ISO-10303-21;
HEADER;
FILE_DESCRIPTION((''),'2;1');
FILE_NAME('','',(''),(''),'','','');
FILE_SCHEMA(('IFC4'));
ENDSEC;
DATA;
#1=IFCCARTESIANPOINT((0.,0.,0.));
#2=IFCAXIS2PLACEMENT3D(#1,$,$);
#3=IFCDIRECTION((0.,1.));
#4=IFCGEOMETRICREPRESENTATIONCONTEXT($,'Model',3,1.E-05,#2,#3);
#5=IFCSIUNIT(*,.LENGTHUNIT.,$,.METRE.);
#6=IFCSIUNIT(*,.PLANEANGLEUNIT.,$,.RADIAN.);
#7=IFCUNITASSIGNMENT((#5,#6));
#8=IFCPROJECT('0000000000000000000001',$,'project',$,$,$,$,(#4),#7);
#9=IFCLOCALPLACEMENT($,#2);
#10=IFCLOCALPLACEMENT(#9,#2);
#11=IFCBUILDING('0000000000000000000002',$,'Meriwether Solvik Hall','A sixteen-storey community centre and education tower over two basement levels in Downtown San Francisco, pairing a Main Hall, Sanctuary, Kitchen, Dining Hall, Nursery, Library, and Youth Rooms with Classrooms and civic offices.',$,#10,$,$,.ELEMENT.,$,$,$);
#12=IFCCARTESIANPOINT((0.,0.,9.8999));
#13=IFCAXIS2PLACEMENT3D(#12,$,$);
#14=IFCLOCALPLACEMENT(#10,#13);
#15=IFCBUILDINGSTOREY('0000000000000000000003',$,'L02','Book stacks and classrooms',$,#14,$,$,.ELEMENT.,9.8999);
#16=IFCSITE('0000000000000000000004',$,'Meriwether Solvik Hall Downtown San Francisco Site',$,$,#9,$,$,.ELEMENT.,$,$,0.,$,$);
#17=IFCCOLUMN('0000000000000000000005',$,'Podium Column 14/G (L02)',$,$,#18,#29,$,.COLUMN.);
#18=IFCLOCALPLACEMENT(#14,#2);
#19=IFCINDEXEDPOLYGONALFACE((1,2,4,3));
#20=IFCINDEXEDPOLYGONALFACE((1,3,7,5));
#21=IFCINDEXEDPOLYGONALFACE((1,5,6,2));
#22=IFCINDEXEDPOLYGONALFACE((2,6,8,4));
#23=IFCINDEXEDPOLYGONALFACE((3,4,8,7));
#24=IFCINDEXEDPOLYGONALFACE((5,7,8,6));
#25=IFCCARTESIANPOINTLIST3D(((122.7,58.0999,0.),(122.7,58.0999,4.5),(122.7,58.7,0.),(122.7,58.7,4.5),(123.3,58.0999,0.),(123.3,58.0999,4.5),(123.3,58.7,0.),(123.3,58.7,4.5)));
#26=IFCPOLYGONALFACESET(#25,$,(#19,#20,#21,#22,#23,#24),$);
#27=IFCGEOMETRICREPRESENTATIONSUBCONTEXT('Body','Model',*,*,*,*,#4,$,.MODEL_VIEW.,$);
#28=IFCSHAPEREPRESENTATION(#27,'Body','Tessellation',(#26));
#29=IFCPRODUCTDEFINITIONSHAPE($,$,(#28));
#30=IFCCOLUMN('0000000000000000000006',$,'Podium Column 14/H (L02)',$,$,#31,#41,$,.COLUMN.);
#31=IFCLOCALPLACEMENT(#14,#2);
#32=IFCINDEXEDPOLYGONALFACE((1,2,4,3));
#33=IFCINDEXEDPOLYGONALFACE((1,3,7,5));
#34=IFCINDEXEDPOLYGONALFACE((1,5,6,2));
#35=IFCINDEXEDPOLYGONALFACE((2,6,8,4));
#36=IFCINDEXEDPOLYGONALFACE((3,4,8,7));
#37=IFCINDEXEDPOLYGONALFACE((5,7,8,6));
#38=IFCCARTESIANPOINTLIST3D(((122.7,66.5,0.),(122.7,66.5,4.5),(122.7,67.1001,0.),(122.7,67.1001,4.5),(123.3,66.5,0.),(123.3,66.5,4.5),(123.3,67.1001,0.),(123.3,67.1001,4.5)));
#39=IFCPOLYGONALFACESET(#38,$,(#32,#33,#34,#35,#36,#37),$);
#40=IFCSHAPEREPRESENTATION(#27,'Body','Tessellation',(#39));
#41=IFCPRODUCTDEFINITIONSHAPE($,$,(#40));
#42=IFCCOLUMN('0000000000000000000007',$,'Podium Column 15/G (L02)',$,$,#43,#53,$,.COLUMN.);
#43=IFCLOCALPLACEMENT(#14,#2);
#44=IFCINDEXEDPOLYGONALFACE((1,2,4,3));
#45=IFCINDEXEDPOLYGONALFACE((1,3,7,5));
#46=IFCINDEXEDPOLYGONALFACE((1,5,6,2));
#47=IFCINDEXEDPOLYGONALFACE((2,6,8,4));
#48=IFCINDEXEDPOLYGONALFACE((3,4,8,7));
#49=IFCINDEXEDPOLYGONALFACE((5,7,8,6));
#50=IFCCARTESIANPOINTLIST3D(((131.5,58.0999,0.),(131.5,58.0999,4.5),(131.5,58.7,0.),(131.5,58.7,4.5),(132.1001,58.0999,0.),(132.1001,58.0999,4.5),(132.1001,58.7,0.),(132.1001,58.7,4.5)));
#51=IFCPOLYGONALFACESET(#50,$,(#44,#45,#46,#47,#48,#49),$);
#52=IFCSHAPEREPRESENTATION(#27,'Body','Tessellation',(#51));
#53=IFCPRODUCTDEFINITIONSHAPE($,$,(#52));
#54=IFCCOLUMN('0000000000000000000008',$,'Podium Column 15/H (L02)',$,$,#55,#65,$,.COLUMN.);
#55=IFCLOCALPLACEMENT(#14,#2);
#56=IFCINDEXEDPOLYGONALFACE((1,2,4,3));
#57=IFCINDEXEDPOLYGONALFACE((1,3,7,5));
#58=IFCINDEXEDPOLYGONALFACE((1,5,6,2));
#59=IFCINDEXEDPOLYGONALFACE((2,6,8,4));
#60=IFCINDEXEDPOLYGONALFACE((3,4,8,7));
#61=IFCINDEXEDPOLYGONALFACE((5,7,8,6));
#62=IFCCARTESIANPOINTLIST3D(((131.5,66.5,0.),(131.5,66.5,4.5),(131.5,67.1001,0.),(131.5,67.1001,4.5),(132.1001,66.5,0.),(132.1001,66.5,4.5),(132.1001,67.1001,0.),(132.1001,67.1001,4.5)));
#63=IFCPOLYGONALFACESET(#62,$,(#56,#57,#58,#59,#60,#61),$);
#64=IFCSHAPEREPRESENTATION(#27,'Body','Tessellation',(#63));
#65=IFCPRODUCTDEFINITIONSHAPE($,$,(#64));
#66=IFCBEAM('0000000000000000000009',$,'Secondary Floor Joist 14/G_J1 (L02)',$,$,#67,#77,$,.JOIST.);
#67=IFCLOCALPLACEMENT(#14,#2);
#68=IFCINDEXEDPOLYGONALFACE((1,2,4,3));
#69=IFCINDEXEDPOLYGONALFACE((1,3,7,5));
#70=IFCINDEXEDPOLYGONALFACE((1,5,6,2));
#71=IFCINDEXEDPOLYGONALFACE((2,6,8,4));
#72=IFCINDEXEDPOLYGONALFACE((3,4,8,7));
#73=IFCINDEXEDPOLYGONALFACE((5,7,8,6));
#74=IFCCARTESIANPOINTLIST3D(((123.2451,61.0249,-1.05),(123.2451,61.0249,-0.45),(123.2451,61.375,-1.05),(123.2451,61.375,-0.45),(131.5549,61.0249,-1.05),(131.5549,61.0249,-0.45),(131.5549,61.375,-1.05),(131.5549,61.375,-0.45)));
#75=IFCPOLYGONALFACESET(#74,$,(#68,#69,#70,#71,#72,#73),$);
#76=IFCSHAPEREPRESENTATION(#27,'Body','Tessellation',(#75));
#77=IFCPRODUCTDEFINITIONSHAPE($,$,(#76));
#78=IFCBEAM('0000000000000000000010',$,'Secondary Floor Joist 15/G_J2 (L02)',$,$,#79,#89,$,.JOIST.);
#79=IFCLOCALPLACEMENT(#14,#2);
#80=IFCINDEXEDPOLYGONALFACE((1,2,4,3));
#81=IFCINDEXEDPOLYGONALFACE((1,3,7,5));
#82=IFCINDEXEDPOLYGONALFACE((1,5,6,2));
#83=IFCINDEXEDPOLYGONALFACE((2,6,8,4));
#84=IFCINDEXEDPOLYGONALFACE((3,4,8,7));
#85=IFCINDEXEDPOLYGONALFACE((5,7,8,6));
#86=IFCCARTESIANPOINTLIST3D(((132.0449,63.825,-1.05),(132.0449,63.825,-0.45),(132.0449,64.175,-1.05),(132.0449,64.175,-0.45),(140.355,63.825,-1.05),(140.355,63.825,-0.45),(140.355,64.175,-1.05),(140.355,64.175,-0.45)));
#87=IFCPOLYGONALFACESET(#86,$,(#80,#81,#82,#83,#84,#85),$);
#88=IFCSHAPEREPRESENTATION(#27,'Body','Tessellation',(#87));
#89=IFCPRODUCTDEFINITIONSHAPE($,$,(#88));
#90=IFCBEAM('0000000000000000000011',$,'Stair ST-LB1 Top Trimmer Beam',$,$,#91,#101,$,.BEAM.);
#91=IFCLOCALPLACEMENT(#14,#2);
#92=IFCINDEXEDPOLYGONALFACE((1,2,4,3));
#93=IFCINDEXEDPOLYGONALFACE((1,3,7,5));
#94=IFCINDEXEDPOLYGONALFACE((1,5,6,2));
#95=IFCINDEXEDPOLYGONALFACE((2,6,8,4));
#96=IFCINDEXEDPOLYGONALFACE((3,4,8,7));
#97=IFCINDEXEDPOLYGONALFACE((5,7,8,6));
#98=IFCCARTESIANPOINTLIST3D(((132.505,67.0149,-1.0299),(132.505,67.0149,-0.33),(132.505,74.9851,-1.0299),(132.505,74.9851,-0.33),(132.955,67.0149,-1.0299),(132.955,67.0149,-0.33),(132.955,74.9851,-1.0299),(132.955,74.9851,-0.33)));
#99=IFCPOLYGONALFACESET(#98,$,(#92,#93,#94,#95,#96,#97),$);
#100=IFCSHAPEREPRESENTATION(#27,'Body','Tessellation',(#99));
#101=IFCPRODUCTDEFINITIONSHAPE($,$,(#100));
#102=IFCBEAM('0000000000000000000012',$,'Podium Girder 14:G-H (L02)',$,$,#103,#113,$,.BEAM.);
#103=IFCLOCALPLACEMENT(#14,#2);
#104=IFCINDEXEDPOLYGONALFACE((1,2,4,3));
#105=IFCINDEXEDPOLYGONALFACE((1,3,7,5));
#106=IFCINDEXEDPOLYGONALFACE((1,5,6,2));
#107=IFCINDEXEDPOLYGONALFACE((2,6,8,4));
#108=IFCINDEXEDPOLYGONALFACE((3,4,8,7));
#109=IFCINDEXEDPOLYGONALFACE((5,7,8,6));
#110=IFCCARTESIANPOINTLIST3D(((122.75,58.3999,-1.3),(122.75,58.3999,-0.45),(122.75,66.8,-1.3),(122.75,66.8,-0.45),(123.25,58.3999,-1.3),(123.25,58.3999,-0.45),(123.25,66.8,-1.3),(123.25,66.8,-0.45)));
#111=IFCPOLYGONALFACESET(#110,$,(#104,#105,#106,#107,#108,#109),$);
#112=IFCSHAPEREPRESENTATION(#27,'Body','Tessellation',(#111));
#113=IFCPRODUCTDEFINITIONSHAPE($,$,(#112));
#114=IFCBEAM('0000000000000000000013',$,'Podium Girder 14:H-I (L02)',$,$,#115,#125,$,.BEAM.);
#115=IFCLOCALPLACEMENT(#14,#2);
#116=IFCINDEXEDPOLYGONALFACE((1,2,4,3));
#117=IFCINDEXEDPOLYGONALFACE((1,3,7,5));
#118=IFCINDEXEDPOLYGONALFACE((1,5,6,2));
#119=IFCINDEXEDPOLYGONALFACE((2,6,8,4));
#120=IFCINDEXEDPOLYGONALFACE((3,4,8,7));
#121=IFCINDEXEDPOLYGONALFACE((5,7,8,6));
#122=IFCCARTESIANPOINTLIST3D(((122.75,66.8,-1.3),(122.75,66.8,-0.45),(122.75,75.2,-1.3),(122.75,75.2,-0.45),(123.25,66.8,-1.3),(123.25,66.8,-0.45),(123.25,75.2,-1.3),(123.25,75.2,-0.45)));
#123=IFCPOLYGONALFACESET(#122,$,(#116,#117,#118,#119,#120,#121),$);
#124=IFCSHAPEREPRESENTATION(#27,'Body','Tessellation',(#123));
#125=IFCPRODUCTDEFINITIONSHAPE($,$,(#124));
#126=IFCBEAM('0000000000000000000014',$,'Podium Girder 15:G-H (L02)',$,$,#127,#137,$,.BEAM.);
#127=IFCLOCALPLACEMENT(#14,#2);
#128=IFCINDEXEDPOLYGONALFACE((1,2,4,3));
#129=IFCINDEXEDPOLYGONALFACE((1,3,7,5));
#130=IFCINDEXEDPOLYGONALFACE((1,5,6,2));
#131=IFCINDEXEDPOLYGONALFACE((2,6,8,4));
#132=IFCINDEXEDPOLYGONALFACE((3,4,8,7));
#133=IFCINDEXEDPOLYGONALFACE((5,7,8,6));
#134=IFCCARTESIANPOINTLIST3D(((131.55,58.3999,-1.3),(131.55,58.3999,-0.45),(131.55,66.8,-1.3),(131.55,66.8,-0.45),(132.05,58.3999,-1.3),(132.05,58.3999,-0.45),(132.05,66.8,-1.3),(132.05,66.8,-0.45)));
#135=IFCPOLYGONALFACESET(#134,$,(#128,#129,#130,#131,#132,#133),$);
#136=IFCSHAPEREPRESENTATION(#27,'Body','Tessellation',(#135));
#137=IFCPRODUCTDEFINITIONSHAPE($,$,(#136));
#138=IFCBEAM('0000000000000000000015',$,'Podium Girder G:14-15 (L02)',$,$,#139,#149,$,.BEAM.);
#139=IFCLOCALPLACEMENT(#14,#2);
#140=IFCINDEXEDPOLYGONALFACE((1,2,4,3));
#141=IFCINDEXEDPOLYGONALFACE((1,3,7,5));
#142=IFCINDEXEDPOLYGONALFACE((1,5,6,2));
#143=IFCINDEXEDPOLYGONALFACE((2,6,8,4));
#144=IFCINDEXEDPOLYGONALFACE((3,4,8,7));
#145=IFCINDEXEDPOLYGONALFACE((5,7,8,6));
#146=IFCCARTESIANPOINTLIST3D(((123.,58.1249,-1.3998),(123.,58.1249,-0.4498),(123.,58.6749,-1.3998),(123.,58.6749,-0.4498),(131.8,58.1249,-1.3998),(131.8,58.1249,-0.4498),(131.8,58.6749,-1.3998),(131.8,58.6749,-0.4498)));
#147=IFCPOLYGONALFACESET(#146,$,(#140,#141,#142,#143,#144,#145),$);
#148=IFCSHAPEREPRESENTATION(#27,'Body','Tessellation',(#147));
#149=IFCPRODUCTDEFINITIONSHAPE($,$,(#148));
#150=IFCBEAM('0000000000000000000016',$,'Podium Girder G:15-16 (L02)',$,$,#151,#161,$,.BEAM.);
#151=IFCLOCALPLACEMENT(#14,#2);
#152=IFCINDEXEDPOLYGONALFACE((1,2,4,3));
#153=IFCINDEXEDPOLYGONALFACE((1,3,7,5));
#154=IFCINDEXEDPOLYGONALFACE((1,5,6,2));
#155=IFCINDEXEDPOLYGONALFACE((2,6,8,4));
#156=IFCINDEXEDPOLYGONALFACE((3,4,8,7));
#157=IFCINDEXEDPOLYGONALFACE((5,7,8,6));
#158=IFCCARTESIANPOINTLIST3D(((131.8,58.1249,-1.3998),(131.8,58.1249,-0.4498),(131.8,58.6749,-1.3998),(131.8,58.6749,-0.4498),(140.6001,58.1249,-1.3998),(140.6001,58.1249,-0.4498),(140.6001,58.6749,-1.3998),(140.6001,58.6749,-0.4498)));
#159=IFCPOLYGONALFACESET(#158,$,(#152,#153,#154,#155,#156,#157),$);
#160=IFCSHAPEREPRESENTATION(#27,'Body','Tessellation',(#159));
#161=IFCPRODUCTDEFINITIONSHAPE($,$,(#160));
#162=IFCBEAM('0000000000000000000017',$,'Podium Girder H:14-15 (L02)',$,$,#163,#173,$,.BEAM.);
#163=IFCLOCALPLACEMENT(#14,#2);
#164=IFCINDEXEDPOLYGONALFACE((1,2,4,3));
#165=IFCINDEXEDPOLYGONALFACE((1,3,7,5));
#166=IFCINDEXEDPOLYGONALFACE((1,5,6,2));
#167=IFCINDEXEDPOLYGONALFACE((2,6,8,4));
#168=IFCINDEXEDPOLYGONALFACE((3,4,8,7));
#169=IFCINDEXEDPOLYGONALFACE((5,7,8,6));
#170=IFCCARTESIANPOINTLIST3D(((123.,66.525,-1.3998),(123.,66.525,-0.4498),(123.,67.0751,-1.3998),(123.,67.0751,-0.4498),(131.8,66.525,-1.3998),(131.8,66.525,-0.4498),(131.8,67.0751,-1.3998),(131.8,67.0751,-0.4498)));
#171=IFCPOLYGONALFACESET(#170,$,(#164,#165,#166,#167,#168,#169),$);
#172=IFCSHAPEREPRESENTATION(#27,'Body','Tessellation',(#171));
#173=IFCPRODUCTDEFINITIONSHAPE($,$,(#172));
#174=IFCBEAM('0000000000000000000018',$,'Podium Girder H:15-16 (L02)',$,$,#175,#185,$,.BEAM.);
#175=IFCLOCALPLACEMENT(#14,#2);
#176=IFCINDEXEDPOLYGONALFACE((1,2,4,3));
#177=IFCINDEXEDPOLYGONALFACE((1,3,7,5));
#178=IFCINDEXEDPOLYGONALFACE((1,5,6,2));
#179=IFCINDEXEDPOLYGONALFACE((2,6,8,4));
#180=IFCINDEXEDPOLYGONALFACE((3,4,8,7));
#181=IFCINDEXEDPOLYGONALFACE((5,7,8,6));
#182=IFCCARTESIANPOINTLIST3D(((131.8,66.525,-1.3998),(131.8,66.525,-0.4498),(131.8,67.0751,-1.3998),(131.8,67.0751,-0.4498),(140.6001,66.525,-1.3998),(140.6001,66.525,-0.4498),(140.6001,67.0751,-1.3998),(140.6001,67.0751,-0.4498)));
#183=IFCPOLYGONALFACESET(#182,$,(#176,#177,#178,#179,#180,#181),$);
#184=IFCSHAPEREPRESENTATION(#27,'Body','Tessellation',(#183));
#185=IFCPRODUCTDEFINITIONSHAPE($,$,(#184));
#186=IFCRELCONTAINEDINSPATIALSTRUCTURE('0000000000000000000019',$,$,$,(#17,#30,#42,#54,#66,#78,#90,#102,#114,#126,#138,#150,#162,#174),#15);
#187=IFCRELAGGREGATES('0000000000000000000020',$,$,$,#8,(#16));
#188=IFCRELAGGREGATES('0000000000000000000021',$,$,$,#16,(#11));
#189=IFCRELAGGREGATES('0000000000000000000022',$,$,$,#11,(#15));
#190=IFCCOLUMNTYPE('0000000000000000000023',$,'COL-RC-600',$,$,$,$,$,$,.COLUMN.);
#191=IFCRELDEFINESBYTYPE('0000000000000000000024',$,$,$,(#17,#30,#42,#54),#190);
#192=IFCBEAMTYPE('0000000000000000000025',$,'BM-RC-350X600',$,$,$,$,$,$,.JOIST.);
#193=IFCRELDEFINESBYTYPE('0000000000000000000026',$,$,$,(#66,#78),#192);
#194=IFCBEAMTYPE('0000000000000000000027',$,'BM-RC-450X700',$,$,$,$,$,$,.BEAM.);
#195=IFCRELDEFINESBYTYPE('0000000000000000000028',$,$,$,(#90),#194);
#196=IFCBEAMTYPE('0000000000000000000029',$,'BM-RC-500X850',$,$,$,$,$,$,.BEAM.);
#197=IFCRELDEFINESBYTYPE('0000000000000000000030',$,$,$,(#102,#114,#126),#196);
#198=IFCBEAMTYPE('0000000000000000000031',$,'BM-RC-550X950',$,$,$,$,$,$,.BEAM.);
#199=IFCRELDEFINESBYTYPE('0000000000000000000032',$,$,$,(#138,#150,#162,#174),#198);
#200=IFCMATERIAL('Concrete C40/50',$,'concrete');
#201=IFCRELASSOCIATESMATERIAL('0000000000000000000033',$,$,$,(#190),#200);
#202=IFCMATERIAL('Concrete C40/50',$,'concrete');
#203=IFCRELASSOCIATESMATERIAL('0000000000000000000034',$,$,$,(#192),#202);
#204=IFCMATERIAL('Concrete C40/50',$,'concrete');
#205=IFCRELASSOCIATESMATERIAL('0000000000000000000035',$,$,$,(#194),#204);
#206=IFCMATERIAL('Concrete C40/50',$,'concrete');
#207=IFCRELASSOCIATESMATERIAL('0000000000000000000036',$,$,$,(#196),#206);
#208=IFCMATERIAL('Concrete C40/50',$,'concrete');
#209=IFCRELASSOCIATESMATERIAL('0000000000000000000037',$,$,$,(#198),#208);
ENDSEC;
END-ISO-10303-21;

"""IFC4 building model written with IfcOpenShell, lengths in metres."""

from ifc_helpers import new_model, si_unit, direction, frame, origin, origin_2d, place, context, subcontext, project, spatial, rectangle, extrude, material, material_profile, profile_set, type_object, element, save


model = new_model("IFC4")

# Units and contexts
model_context = context("Model", 3, precision=1e-05, world=origin(), true_north=direction((0.0, 1.0)))
body_context = subcontext(model_context, "Body", "Model", "MODEL_VIEW")
ifc_project = project(units=[si_unit("LENGTHUNIT", "METRE"), si_unit("PLANEANGLEUNIT", "RADIAN")], contexts=[model_context])

# Site, building, storey
site_placement = place(None, origin())
site = spatial("IfcSite", under=ifc_project, at=site_placement, Name="Meriwether Solvik Hall Downtown San Francisco Site", CompositionType="ELEMENT", RefElevation=0.0)
building_placement = place(site_placement, origin())
building = spatial("IfcBuilding", under=site, at=building_placement, Name="Meriwether Solvik Hall", Description="A sixteen-storey community centre and education tower over two basement levels in Downtown San Francisco, pairing a Main Hall, Sanctuary, Kitchen, Dining Hall, Nursery, Library, and Youth Rooms with Classrooms and civic offices.", CompositionType="ELEMENT")
storey_placement = place(building_placement, frame((0.0, 0.0, 9.8999)))
storey = spatial("IfcBuildingStorey", under=building, at=storey_placement, Name="L02", Description="Book stacks and classrooms", CompositionType="ELEMENT", Elevation=9.8999)

# Columns
ifc_material_1 = material(Name="Concrete C40/50", Category="concrete")
ifc_material_profile_1 = material_profile(ifc_material_1, rectangle(XDim=0.6001, YDim=0.6001, at=origin_2d()), Name="RCC-600X600")
ifc_profile_set_1 = profile_set([ifc_material_profile_1], Name="Concrete C40/50")
column_type = type_object("IfcColumnType", Name="COL-RC-600", PredefinedType="COLUMN", material=ifc_profile_set_1)
for number, where, z_axis, x_axis, name in (
    (1, (123.0, 58.3999, 0.0), (0.0, 0.0, 1.0), (1.0, 0.0, 0.0), "Podium Column 14/G (L02)"),
    (2, (123.0, 66.8, 0.0), (0.0, 0.0, 1.0), (1.0, 0.0, 0.0), "Podium Column 14/H (L02)"),
    (3, (131.8, 58.3999, 0.0), (0.0, 0.0, 1.0), (1.0, 0.0, 0.0), "Podium Column 15/G (L02)"),
    (4, (131.8, 66.8, 0.0), (0.0, 0.0, 1.0), (1.0, 0.0, 0.0), "Podium Column 15/H (L02)"),
):
    element("IfcColumn", number, at=place(storey_placement, frame(where, z_axis=z_axis, x_axis=x_axis)), inside=storey, type_object=column_type, Name=name, PredefinedType="COLUMN", context=body_context, shape_type="SweptSolid", body=[
        extrude(rectangle(XDim=0.6001, YDim=0.6001, at=origin_2d()), origin(), (0.0, 0.0, 1.0), 4.5),
    ])

# Beams
ifc_material_2 = material(Name="Concrete C40/50", Category="concrete")
ifc_material_profile_2 = material_profile(ifc_material_2, rectangle(XDim=0.3501, YDim=0.6001, at=origin_2d()), Name="RCB-350X600")
ifc_profile_set_2 = profile_set([ifc_material_profile_2], Name="Concrete C40/50")
beam_type_1 = type_object("IfcBeamType", Name="BM-RC-350X600", PredefinedType="JOIST", material=ifc_profile_set_2)
beam_1_placement = place(storey_placement, frame((123.2451, 61.2, -0.75), z_axis=(1.0, 0.0, 0.0), x_axis=(0.0, 1.0, 0.0)))
element("IfcBeam", 5, at=beam_1_placement, inside=storey, type_object=beam_type_1, Name="Secondary Floor Joist 14/G_J1 (L02)", PredefinedType="JOIST", context=body_context, shape_type="SweptSolid", body=[
    extrude(rectangle(XDim=0.3501, YDim=0.6001, at=origin_2d()), origin(), (0.0, 0.0, 1.0), 8.3098),
])
beam_2_placement = place(storey_placement, frame((132.0449, 64.0, -0.75), z_axis=(1.0, 0.0, 0.0), x_axis=(0.0, 1.0, 0.0)))
element("IfcBeam", 6, at=beam_2_placement, inside=storey, type_object=beam_type_1, Name="Secondary Floor Joist 15/G_J2 (L02)", PredefinedType="JOIST", context=body_context, shape_type="SweptSolid", body=[
    extrude(rectangle(XDim=0.3501, YDim=0.6001, at=origin_2d()), origin(), (0.0, 0.0, 1.0), 8.3101),
])
ifc_material_3 = material(Name="Concrete C40/50", Category="concrete")
ifc_material_profile_3 = material_profile(ifc_material_3, rectangle(XDim=0.45, YDim=0.7, at=origin_2d()), Name="RCB-450X700")
ifc_profile_set_3 = profile_set([ifc_material_profile_3], Name="Concrete C40/50")
beam_type_2 = type_object("IfcBeamType", Name="BM-RC-450X700", PredefinedType="BEAM", material=ifc_profile_set_3)
beam_3_placement = place(storey_placement, frame((132.73, 67.0149, -0.6799), z_axis=(0.0, 1.0, 0.0), x_axis=(-1.0, 0.0, 0.0)))
element("IfcBeam", 7, at=beam_3_placement, inside=storey, type_object=beam_type_2, Name="Stair ST-LB1 Top Trimmer Beam", PredefinedType="BEAM", context=body_context, shape_type="SweptSolid", body=[
    extrude(rectangle(XDim=0.45, YDim=0.7, at=origin_2d()), origin(), (0.0, 0.0, 1.0), 7.9702),
])
ifc_material_4 = material(Name="Concrete C40/50", Category="concrete")
ifc_material_profile_4 = material_profile(ifc_material_4, rectangle(XDim=0.5, YDim=0.8501, at=origin_2d()), Name="RCB-500X850")
ifc_profile_set_4 = profile_set([ifc_material_profile_4], Name="Concrete C40/50")
beam_type_3 = type_object("IfcBeamType", Name="BM-RC-500X850", PredefinedType="BEAM", material=ifc_profile_set_4)
beam_4_placement = place(storey_placement, frame((123.0, 58.3999, -0.875), z_axis=(0.0, 1.0, 0.0), x_axis=(-1.0, 0.0, 0.0)))
element("IfcBeam", 8, at=beam_4_placement, inside=storey, type_object=beam_type_3, Name="Podium Girder 14:G-H (L02)", PredefinedType="BEAM", context=body_context, shape_type="SweptSolid", body=[
    extrude(rectangle(XDim=0.5, YDim=0.8501, at=origin_2d()), origin(), (0.0, 0.0, 1.0), 8.4001),
])
beam_5_placement = place(storey_placement, frame((123.0, 66.8, -0.875), z_axis=(0.0, 1.0, 0.0), x_axis=(-1.0, 0.0, 0.0)))
element("IfcBeam", 9, at=beam_5_placement, inside=storey, type_object=beam_type_3, Name="Podium Girder 14:H-I (L02)", PredefinedType="BEAM", context=body_context, shape_type="SweptSolid", body=[
    extrude(rectangle(XDim=0.5, YDim=0.8501, at=origin_2d()), origin(), (0.0, 0.0, 1.0), 8.3999),
])
beam_6_placement = place(storey_placement, frame((131.8, 58.3999, -0.875), z_axis=(0.0, 1.0, 0.0), x_axis=(-1.0, 0.0, 0.0)))
element("IfcBeam", 10, at=beam_6_placement, inside=storey, type_object=beam_type_3, Name="Podium Girder 15:G-H (L02)", PredefinedType="BEAM", context=body_context, shape_type="SweptSolid", body=[
    extrude(rectangle(XDim=0.5, YDim=0.8501, at=origin_2d()), origin(), (0.0, 0.0, 1.0), 8.4001),
])
ifc_material_5 = material(Name="Concrete C40/50", Category="concrete")
ifc_material_profile_5 = material_profile(ifc_material_5, rectangle(XDim=0.55, YDim=0.95, at=origin_2d()), Name="RCB-550X950")
ifc_profile_set_5 = profile_set([ifc_material_profile_5], Name="Concrete C40/50")
beam_type_4 = type_object("IfcBeamType", Name="BM-RC-550X950", PredefinedType="BEAM", material=ifc_profile_set_5)
for number, where, z_axis, x_axis, name in (
    (11, (123.0, 58.3999, -0.9248), (1.0, 0.0, 0.0), (0.0, 1.0, 0.0), "Podium Girder G:14-15 (L02)"),
    (12, (131.8, 58.3999, -0.9248), (1.0, 0.0, 0.0), (0.0, 1.0, 0.0), "Podium Girder G:15-16 (L02)"),
    (13, (123.0, 66.8, -0.9248), (1.0, 0.0, 0.0), (0.0, 1.0, 0.0), "Podium Girder H:14-15 (L02)"),
    (14, (131.8, 66.8, -0.9248), (1.0, 0.0, 0.0), (0.0, 1.0, 0.0), "Podium Girder H:15-16 (L02)"),
):
    element("IfcBeam", number, at=place(storey_placement, frame(where, z_axis=z_axis, x_axis=x_axis)), inside=storey, type_object=beam_type_4, Name=name, PredefinedType="BEAM", context=body_context, shape_type="SweptSolid", body=[
        extrude(rectangle(XDim=0.55, YDim=0.95, at=origin_2d()), origin(), (0.0, 0.0, 1.0), 8.8),
    ])

save(model, "model.ifc")
